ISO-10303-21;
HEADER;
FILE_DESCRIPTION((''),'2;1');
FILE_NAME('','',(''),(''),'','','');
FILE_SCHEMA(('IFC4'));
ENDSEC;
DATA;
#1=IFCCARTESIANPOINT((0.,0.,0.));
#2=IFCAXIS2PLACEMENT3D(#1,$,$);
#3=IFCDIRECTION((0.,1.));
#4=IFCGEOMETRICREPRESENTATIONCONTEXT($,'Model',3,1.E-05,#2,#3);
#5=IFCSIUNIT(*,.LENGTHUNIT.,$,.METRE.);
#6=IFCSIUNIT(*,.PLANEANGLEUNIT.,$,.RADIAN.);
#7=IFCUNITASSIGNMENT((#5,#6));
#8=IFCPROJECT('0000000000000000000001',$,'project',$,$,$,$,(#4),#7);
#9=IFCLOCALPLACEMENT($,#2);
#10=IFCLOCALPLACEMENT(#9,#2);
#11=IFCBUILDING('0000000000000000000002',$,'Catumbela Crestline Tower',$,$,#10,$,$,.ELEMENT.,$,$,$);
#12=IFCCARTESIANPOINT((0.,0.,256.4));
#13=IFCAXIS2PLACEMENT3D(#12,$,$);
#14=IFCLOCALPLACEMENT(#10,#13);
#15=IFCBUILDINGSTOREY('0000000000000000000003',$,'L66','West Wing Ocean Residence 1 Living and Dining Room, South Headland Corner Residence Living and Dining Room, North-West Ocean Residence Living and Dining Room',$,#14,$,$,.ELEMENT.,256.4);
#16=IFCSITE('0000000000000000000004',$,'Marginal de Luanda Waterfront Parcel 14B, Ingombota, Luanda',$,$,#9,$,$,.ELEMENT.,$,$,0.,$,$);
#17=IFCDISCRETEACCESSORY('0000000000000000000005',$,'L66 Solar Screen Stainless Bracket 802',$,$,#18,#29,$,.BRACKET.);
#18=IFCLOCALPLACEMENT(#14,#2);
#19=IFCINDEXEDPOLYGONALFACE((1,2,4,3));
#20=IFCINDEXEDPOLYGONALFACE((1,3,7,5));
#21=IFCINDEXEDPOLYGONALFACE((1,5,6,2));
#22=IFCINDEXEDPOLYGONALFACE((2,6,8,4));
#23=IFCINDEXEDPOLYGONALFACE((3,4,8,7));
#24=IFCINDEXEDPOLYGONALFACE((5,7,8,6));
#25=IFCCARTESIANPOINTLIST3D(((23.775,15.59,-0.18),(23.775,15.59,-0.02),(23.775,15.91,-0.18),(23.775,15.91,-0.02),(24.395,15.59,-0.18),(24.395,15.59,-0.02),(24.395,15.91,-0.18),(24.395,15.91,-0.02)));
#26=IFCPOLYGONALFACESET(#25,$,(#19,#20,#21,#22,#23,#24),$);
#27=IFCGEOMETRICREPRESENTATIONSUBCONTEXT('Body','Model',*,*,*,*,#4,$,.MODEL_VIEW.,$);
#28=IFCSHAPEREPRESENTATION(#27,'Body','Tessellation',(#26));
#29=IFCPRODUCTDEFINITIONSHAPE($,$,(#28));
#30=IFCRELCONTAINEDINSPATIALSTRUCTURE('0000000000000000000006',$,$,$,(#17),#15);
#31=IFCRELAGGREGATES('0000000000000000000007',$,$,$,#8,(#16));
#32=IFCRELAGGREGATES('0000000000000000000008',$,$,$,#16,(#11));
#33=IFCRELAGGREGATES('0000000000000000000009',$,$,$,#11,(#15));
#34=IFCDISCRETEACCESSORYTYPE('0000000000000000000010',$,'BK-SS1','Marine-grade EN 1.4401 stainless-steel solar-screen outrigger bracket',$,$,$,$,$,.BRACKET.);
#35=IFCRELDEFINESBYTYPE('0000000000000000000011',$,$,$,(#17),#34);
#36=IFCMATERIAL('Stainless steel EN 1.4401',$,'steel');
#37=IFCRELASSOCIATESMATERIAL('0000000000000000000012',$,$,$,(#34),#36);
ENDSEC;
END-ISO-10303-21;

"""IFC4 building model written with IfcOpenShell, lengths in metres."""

from ifc_helpers import new_model, si_unit, direction, frame, origin, origin_2d, place, context, subcontext, project, spatial, rectangle, extrude, material, type_object, element, save


model = new_model("IFC4")

# Units and contexts
model_context = context("Model", 3, precision=1e-05, world=origin(), true_north=direction((0.0, 1.0)))
body_context = subcontext(model_context, "Body", "Model", "MODEL_VIEW")
ifc_project = project(units=[si_unit("LENGTHUNIT", "METRE"), si_unit("PLANEANGLEUNIT", "RADIAN")], contexts=[model_context])

# Site, building, storey
site_placement = place(None, origin())
site = spatial("IfcSite", under=ifc_project, at=site_placement, Name="Marginal de Luanda Waterfront Parcel 14B, Ingombota, Luanda", CompositionType="ELEMENT", RefElevation=0.0)
building_placement = place(site_placement, origin())
building = spatial("IfcBuilding", under=site, at=building_placement, Name="Catumbela Crestline Tower", CompositionType="ELEMENT")
storey_placement = place(building_placement, frame((0.0, 0.0, 256.4)))
storey = spatial("IfcBuildingStorey", under=building, at=storey_placement, Name="L66", Description="West Wing Ocean Residence 1 Living and Dining Room, South Headland Corner Residence Living and Dining Room, North-West Ocean Residence Living and Dining Room", CompositionType="ELEMENT", Elevation=256.4)

# Discrete accessory
ifc_material_1 = material(Name="Stainless steel EN 1.4401", Category="steel")
discrete_accessory_type = type_object("IfcDiscreteAccessoryType", Name="BK-SS1", Description="Marine-grade EN 1.4401 stainless-steel solar-screen outrigger bracket", PredefinedType="BRACKET", material=ifc_material_1)
discrete_accessory_placement = place(storey_placement, frame((24.085, 15.75, -0.18), z_axis=(0.0, 0.0, 1.0), x_axis=(0.0, 1.0, 0.0)))
element("IfcDiscreteAccessory", 1, at=discrete_accessory_placement, inside=storey, type_object=discrete_accessory_type, Name="L66 Solar Screen Stainless Bracket 802", PredefinedType="BRACKET", context=body_context, shape_type="SweptSolid", body=[
    extrude(rectangle(XDim=0.32, YDim=0.62, at=origin_2d()), origin(), (0.0, 0.0, 1.0), 0.16),
])

save(model, "model.ifc")
